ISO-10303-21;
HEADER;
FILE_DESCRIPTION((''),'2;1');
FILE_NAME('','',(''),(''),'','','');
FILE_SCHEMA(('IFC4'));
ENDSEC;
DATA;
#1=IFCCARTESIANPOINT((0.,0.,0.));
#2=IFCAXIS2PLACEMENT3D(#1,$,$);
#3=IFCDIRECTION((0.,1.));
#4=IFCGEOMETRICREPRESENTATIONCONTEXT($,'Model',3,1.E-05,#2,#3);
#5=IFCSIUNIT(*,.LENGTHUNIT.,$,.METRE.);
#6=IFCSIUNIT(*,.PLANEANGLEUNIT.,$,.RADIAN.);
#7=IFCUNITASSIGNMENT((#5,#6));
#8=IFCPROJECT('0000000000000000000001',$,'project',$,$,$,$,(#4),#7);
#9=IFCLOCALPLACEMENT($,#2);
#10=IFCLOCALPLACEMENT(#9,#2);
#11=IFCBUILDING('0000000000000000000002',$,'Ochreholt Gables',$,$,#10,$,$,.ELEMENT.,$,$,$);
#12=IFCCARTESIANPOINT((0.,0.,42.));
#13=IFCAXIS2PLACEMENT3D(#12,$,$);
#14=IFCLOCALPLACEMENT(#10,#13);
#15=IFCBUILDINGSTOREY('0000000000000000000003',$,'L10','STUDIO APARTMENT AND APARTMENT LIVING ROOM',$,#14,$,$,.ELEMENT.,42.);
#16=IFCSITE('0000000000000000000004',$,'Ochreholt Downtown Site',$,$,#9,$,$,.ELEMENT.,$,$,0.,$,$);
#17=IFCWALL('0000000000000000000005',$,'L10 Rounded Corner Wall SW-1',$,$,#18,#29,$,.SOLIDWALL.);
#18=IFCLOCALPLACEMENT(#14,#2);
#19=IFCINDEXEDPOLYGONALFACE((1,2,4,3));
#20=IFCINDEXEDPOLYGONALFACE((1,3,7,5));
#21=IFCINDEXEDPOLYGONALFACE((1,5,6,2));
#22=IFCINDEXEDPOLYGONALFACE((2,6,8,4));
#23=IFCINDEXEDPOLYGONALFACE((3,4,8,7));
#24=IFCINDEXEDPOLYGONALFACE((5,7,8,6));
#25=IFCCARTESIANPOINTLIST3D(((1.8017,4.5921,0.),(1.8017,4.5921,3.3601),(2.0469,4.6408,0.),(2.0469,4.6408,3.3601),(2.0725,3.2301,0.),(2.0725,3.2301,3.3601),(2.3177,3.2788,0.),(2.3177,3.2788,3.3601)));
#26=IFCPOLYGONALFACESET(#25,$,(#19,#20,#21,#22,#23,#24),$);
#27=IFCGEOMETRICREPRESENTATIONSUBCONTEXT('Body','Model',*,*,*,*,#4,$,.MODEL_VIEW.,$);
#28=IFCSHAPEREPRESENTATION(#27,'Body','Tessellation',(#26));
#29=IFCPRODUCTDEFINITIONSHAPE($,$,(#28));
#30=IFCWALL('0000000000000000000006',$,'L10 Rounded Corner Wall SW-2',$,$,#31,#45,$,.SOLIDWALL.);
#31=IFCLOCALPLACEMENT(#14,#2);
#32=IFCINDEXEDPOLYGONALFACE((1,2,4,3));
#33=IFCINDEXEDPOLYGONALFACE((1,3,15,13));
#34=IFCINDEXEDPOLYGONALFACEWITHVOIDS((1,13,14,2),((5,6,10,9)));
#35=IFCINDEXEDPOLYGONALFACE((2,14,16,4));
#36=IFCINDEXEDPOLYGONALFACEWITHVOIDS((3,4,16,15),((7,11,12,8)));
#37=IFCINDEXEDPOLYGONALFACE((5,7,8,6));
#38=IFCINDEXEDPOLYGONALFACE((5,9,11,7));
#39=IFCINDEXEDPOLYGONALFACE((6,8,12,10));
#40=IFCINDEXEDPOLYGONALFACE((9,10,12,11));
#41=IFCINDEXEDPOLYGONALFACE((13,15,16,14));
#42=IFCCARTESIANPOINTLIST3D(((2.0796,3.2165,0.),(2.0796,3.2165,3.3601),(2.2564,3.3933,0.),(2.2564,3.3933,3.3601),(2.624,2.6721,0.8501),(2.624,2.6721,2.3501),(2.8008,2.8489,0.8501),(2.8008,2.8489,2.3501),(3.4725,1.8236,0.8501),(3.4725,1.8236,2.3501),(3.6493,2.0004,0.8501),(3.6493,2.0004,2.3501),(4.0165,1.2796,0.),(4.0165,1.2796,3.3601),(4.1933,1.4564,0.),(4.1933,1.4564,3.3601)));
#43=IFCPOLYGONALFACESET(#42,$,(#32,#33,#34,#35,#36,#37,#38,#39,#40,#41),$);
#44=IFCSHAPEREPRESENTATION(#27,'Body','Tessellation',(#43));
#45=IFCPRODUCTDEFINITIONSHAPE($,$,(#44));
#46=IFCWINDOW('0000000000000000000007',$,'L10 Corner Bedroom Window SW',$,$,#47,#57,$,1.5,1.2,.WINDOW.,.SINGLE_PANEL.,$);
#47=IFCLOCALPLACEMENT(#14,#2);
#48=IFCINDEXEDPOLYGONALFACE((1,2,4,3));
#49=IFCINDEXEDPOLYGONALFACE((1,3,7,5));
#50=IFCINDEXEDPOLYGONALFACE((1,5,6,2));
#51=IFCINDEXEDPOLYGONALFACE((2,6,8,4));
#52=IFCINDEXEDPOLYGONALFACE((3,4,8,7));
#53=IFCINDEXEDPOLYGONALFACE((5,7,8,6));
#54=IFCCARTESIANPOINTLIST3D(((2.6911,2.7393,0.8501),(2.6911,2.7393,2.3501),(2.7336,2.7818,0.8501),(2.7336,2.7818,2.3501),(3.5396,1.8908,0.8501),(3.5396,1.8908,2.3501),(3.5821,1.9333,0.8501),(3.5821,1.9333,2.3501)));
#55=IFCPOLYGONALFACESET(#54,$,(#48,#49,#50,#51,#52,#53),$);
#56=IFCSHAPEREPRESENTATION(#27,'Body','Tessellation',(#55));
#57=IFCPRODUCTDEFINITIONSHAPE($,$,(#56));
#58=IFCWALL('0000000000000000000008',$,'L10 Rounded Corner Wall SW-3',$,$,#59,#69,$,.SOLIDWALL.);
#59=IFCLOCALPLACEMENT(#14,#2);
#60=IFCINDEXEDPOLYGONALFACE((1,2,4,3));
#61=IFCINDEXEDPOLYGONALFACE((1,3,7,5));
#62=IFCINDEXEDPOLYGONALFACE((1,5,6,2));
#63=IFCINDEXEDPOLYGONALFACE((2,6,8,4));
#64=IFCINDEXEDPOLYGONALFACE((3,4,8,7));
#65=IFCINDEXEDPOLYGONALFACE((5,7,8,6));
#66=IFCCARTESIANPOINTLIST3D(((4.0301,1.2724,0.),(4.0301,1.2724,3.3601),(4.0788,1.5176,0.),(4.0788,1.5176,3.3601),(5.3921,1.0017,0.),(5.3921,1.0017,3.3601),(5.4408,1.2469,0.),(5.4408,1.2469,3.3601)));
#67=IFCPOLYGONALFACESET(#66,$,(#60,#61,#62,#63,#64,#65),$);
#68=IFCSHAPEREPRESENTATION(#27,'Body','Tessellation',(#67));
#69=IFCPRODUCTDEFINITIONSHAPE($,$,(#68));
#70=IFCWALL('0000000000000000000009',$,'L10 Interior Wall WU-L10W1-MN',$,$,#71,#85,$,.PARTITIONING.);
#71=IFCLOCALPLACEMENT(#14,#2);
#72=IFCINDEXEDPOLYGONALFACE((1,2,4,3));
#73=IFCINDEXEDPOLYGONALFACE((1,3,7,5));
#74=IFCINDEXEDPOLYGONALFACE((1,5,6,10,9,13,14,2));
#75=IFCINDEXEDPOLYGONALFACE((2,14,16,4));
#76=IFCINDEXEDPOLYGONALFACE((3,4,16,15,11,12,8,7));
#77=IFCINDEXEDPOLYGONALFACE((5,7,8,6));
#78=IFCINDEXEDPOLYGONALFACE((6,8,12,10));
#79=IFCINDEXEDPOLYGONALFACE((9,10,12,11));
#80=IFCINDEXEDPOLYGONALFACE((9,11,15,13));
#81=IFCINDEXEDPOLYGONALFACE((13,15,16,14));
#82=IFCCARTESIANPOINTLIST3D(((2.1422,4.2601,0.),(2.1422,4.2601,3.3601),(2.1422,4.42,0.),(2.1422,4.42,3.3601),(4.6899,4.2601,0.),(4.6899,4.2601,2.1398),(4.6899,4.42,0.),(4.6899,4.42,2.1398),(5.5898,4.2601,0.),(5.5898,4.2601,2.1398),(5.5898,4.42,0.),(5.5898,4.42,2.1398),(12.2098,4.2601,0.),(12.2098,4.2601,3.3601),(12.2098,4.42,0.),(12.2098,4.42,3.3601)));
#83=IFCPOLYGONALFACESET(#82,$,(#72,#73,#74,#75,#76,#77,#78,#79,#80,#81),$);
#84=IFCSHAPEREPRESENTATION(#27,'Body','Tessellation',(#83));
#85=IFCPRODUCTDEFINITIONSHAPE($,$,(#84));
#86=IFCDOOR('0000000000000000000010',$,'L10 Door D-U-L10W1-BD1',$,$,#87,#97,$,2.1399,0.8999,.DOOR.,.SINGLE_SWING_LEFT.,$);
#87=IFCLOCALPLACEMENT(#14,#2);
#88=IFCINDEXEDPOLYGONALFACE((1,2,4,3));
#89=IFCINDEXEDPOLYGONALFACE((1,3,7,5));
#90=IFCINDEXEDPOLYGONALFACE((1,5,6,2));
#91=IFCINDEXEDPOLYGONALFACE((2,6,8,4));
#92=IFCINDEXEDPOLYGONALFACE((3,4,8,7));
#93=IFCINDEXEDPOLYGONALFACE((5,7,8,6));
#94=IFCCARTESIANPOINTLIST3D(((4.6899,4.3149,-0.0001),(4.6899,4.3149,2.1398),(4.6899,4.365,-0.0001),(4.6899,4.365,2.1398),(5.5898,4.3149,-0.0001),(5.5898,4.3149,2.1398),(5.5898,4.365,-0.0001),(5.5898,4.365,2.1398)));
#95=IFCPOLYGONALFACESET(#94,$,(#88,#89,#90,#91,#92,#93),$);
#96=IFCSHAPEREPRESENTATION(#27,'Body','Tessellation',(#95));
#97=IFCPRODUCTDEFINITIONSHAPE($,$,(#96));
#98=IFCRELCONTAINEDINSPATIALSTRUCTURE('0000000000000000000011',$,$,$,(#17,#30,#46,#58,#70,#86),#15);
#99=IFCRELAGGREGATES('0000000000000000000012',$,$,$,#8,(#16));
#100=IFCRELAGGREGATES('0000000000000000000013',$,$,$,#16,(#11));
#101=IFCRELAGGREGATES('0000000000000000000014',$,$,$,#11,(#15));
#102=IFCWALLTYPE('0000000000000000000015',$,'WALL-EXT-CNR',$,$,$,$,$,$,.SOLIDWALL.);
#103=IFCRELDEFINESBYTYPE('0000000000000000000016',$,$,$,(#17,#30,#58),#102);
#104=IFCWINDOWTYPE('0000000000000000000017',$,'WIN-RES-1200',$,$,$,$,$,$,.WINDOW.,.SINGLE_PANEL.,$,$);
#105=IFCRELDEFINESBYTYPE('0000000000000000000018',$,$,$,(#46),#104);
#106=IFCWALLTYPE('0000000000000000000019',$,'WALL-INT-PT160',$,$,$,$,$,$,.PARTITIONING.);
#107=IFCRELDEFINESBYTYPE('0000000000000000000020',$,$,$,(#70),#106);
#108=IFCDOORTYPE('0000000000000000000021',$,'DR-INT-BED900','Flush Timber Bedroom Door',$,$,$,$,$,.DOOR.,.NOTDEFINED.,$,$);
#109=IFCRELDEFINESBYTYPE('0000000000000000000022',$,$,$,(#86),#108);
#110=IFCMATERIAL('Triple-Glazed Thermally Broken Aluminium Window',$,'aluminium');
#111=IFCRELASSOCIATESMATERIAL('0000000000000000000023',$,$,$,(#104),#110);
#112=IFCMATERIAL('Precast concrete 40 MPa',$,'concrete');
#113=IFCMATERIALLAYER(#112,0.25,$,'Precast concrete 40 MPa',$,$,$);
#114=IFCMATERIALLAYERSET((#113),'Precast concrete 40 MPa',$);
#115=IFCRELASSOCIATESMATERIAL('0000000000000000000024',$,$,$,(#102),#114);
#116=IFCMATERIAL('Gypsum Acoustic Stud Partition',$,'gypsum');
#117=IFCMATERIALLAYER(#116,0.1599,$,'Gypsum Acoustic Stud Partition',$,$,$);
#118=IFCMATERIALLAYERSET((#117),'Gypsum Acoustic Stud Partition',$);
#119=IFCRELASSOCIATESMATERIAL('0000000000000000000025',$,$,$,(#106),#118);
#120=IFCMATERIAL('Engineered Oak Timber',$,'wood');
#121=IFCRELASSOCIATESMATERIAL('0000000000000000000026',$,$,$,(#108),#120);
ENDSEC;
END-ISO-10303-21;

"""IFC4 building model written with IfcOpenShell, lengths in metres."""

from ifc_helpers import new_model, si_unit, direction, frame, frame_2d, origin, place, context, subcontext, project, spatial, rectangle, extrude, material, layer, layer_set, type_object, element, fill, save


model = new_model("IFC4")

# Units and contexts
model_context = context("Model", 3, precision=1e-05, world=origin(), true_north=direction((0.0, 1.0)))
body_context = subcontext(model_context, "Body", "Model", "MODEL_VIEW")
ifc_project = project(units=[si_unit("LENGTHUNIT", "METRE"), si_unit("PLANEANGLEUNIT", "RADIAN")], contexts=[model_context])

# Site, building, storey
site_placement = place(None, origin())
site = spatial("IfcSite", under=ifc_project, at=site_placement, Name="Ochreholt Downtown Site", CompositionType="ELEMENT", RefElevation=0.0)
building_placement = place(site_placement, origin())
building = spatial("IfcBuilding", under=site, at=building_placement, Name="Ochreholt Gables", CompositionType="ELEMENT")
storey_placement = place(building_placement, frame((0.0, 0.0, 42.0)))
storey = spatial("IfcBuildingStorey", under=building, at=storey_placement, Name="L10", Description="STUDIO APARTMENT AND APARTMENT LIVING ROOM", CompositionType="ELEMENT", Elevation=42.0)

# Shared definitions
ifc_material_1 = material(Name="Precast concrete 40 MPa", Category="concrete")
ifc_material_2 = material(Name="Triple-Glazed Thermally Broken Aluminium Window", Category="aluminium")
window_type = type_object("IfcWindowType", Name="WIN-RES-1200", PartitioningType="SINGLE_PANEL", PredefinedType="WINDOW", material=ifc_material_2)

# Wall
ifc_layer_1 = layer(ifc_material_1, 0.25, Name="Precast concrete 40 MPa")
ifc_layer_set_1 = layer_set([ifc_layer_1], Name="Precast concrete 40 MPa")
wall_type_1 = type_object("IfcWallType", Name="WALL-EXT-CNR", PredefinedType="SOLIDWALL", material=ifc_layer_set_1)
wall_1_placement = place(storey_placement, frame((1.9243, 4.6165, 0.0), z_axis=(0.0, 0.0, 1.0), x_axis=(0.194967, -0.98081, 0.0)))
element("IfcWall", 1, at=wall_1_placement, inside=storey, type_object=wall_type_1, Name="L10 Rounded Corner Wall SW-1", PredefinedType="SOLIDWALL", context=body_context, shape_type="SweptSolid", body=[
    extrude(rectangle(XDim=1.3887, YDim=0.25, at=frame_2d((0.6943, 0.0))), origin(), (0.0, 0.0, 1.0), 3.3601),
])

# Wall, opening, window
wall_2_placement = place(storey_placement, frame((2.168, 3.3049, 0.0), z_axis=(0.0, 0.0, 1.0), x_axis=(0.707107, -0.707107, 0.0)))
wall_2 = element("IfcWall", 2, at=wall_2_placement, inside=storey, type_object=wall_type_1, Name="L10 Rounded Corner Wall SW-2", PredefinedType="SOLIDWALL", context=body_context, shape_type="SweptSolid", body=[
    extrude(rectangle(XDim=2.7393, YDim=0.25, at=frame_2d((1.3696, 0.0))), origin(), (0.0, 0.0, 1.0), 3.3601),
])
opening_1_placement = place(wall_2_placement, frame((0.7698, 0.0, 0.8501)))
opening_1 = element("IfcOpeningElement", 3, at=opening_1_placement, cuts=wall_2, PredefinedType="OPENING", context=body_context, shape_type="SweptSolid", body=[
    extrude(rectangle(XDim=1.2, YDim=1.5, at=frame_2d((0.6001, 0.75))), frame((0.0, 0.135, 0.0), z_axis=(0.0, -1.0, 0.0), x_axis=(1.0, 0.0, 0.0)), (0.0, 0.0, 1.0), 0.27),
])
window_1_placement = place(opening_1_placement, origin())
window_1 = element("IfcWindow", 4, at=window_1_placement, inside=storey, type_object=window_type, Name="L10 Corner Bedroom Window SW", OverallHeight=1.5, OverallWidth=1.2, PartitioningType="SINGLE_PANEL", PredefinedType="WINDOW", context=body_context, shape_type="SweptSolid", body=[
    extrude(rectangle(XDim=1.2, YDim=1.5, at=frame_2d((0.6001, 0.75))), frame((0.0, 0.03, 0.0), z_axis=(0.0, -1.0, 0.0), x_axis=(1.0, 0.0, 0.0)), (0.0, 0.0, 1.0), 0.0601),
])
fill(opening_1, window_1)

# Wall
wall_3_placement = place(storey_placement, frame((4.0544, 1.395, 0.0), z_axis=(0.0, 0.0, 1.0), x_axis=(0.98081, -0.194967, 0.0)))
element("IfcWall", 5, at=wall_3_placement, inside=storey, type_object=wall_type_1, Name="L10 Rounded Corner Wall SW-3", PredefinedType="SOLIDWALL", context=body_context, shape_type="SweptSolid", body=[
    extrude(rectangle(XDim=1.3887, YDim=0.25, at=frame_2d((0.6943, 0.0))), origin(), (0.0, 0.0, 1.0), 3.3601),
])

# Wall, opening, door
ifc_material_3 = material(Name="Gypsum Acoustic Stud Partition", Category="gypsum")
ifc_layer_2 = layer(ifc_material_3, 0.1599, Name="Gypsum Acoustic Stud Partition")
ifc_layer_set_2 = layer_set([ifc_layer_2], Name="Gypsum Acoustic Stud Partition")
wall_type_2 = type_object("IfcWallType", Name="WALL-INT-PT160", PredefinedType="PARTITIONING", material=ifc_layer_set_2)
wall_4_placement = place(storey_placement, frame((2.1423, 4.3401, 0.0), z_axis=(0.0, 0.0, 1.0), x_axis=(1.0, 0.0, 0.0)))
wall_4 = element("IfcWall", 6, at=wall_4_placement, inside=storey, type_object=wall_type_2, Name="L10 Interior Wall WU-L10W1-MN", PredefinedType="PARTITIONING", context=body_context, shape_type="SweptSolid", body=[
    extrude(rectangle(XDim=10.0676, YDim=0.1599, at=frame_2d((5.0337, 0.0))), origin(), (0.0, 0.0, 1.0), 3.3601),
])
opening_2_placement = place(wall_4_placement, frame((2.5476, 0.0, 0.0)))
opening_2 = element("IfcOpeningElement", 7, at=opening_2_placement, cuts=wall_4, PredefinedType="OPENING", context=body_context, shape_type="SweptSolid", body=[
    extrude(rectangle(XDim=0.8999, YDim=2.1399, at=frame_2d((0.45, 1.0698))), frame((0.0, 0.0898, 0.0), z_axis=(0.0, -1.0, 0.0), x_axis=(1.0, 0.0, 0.0)), (0.0, 0.0, 1.0), 0.1799),
])
ifc_material_4 = material(Name="Engineered Oak Timber", Category="wood")
door_type = type_object("IfcDoorType", Name="DR-INT-BED900", Description="Flush Timber Bedroom Door", OperationType="NOTDEFINED", PredefinedType="DOOR", material=ifc_material_4)
door_placement = place(opening_2_placement, origin())
door = element("IfcDoor", 8, at=door_placement, inside=storey, type_object=door_type, Name="L10 Door D-U-L10W1-BD1", OperationType="SINGLE_SWING_LEFT", OverallHeight=2.1399, OverallWidth=0.8999, PredefinedType="DOOR", context=body_context, shape_type="SweptSolid", body=[
    extrude(rectangle(XDim=0.8999, YDim=2.1399, at=frame_2d((0.45, 1.0698))), frame((0.0, 0.0249, 0.0), z_axis=(0.0, -1.0, 0.0), x_axis=(1.0, 0.0, 0.0)), (0.0, 0.0, 1.0), 0.05),
])
fill(opening_2, door)

save(model, "model.ifc")
